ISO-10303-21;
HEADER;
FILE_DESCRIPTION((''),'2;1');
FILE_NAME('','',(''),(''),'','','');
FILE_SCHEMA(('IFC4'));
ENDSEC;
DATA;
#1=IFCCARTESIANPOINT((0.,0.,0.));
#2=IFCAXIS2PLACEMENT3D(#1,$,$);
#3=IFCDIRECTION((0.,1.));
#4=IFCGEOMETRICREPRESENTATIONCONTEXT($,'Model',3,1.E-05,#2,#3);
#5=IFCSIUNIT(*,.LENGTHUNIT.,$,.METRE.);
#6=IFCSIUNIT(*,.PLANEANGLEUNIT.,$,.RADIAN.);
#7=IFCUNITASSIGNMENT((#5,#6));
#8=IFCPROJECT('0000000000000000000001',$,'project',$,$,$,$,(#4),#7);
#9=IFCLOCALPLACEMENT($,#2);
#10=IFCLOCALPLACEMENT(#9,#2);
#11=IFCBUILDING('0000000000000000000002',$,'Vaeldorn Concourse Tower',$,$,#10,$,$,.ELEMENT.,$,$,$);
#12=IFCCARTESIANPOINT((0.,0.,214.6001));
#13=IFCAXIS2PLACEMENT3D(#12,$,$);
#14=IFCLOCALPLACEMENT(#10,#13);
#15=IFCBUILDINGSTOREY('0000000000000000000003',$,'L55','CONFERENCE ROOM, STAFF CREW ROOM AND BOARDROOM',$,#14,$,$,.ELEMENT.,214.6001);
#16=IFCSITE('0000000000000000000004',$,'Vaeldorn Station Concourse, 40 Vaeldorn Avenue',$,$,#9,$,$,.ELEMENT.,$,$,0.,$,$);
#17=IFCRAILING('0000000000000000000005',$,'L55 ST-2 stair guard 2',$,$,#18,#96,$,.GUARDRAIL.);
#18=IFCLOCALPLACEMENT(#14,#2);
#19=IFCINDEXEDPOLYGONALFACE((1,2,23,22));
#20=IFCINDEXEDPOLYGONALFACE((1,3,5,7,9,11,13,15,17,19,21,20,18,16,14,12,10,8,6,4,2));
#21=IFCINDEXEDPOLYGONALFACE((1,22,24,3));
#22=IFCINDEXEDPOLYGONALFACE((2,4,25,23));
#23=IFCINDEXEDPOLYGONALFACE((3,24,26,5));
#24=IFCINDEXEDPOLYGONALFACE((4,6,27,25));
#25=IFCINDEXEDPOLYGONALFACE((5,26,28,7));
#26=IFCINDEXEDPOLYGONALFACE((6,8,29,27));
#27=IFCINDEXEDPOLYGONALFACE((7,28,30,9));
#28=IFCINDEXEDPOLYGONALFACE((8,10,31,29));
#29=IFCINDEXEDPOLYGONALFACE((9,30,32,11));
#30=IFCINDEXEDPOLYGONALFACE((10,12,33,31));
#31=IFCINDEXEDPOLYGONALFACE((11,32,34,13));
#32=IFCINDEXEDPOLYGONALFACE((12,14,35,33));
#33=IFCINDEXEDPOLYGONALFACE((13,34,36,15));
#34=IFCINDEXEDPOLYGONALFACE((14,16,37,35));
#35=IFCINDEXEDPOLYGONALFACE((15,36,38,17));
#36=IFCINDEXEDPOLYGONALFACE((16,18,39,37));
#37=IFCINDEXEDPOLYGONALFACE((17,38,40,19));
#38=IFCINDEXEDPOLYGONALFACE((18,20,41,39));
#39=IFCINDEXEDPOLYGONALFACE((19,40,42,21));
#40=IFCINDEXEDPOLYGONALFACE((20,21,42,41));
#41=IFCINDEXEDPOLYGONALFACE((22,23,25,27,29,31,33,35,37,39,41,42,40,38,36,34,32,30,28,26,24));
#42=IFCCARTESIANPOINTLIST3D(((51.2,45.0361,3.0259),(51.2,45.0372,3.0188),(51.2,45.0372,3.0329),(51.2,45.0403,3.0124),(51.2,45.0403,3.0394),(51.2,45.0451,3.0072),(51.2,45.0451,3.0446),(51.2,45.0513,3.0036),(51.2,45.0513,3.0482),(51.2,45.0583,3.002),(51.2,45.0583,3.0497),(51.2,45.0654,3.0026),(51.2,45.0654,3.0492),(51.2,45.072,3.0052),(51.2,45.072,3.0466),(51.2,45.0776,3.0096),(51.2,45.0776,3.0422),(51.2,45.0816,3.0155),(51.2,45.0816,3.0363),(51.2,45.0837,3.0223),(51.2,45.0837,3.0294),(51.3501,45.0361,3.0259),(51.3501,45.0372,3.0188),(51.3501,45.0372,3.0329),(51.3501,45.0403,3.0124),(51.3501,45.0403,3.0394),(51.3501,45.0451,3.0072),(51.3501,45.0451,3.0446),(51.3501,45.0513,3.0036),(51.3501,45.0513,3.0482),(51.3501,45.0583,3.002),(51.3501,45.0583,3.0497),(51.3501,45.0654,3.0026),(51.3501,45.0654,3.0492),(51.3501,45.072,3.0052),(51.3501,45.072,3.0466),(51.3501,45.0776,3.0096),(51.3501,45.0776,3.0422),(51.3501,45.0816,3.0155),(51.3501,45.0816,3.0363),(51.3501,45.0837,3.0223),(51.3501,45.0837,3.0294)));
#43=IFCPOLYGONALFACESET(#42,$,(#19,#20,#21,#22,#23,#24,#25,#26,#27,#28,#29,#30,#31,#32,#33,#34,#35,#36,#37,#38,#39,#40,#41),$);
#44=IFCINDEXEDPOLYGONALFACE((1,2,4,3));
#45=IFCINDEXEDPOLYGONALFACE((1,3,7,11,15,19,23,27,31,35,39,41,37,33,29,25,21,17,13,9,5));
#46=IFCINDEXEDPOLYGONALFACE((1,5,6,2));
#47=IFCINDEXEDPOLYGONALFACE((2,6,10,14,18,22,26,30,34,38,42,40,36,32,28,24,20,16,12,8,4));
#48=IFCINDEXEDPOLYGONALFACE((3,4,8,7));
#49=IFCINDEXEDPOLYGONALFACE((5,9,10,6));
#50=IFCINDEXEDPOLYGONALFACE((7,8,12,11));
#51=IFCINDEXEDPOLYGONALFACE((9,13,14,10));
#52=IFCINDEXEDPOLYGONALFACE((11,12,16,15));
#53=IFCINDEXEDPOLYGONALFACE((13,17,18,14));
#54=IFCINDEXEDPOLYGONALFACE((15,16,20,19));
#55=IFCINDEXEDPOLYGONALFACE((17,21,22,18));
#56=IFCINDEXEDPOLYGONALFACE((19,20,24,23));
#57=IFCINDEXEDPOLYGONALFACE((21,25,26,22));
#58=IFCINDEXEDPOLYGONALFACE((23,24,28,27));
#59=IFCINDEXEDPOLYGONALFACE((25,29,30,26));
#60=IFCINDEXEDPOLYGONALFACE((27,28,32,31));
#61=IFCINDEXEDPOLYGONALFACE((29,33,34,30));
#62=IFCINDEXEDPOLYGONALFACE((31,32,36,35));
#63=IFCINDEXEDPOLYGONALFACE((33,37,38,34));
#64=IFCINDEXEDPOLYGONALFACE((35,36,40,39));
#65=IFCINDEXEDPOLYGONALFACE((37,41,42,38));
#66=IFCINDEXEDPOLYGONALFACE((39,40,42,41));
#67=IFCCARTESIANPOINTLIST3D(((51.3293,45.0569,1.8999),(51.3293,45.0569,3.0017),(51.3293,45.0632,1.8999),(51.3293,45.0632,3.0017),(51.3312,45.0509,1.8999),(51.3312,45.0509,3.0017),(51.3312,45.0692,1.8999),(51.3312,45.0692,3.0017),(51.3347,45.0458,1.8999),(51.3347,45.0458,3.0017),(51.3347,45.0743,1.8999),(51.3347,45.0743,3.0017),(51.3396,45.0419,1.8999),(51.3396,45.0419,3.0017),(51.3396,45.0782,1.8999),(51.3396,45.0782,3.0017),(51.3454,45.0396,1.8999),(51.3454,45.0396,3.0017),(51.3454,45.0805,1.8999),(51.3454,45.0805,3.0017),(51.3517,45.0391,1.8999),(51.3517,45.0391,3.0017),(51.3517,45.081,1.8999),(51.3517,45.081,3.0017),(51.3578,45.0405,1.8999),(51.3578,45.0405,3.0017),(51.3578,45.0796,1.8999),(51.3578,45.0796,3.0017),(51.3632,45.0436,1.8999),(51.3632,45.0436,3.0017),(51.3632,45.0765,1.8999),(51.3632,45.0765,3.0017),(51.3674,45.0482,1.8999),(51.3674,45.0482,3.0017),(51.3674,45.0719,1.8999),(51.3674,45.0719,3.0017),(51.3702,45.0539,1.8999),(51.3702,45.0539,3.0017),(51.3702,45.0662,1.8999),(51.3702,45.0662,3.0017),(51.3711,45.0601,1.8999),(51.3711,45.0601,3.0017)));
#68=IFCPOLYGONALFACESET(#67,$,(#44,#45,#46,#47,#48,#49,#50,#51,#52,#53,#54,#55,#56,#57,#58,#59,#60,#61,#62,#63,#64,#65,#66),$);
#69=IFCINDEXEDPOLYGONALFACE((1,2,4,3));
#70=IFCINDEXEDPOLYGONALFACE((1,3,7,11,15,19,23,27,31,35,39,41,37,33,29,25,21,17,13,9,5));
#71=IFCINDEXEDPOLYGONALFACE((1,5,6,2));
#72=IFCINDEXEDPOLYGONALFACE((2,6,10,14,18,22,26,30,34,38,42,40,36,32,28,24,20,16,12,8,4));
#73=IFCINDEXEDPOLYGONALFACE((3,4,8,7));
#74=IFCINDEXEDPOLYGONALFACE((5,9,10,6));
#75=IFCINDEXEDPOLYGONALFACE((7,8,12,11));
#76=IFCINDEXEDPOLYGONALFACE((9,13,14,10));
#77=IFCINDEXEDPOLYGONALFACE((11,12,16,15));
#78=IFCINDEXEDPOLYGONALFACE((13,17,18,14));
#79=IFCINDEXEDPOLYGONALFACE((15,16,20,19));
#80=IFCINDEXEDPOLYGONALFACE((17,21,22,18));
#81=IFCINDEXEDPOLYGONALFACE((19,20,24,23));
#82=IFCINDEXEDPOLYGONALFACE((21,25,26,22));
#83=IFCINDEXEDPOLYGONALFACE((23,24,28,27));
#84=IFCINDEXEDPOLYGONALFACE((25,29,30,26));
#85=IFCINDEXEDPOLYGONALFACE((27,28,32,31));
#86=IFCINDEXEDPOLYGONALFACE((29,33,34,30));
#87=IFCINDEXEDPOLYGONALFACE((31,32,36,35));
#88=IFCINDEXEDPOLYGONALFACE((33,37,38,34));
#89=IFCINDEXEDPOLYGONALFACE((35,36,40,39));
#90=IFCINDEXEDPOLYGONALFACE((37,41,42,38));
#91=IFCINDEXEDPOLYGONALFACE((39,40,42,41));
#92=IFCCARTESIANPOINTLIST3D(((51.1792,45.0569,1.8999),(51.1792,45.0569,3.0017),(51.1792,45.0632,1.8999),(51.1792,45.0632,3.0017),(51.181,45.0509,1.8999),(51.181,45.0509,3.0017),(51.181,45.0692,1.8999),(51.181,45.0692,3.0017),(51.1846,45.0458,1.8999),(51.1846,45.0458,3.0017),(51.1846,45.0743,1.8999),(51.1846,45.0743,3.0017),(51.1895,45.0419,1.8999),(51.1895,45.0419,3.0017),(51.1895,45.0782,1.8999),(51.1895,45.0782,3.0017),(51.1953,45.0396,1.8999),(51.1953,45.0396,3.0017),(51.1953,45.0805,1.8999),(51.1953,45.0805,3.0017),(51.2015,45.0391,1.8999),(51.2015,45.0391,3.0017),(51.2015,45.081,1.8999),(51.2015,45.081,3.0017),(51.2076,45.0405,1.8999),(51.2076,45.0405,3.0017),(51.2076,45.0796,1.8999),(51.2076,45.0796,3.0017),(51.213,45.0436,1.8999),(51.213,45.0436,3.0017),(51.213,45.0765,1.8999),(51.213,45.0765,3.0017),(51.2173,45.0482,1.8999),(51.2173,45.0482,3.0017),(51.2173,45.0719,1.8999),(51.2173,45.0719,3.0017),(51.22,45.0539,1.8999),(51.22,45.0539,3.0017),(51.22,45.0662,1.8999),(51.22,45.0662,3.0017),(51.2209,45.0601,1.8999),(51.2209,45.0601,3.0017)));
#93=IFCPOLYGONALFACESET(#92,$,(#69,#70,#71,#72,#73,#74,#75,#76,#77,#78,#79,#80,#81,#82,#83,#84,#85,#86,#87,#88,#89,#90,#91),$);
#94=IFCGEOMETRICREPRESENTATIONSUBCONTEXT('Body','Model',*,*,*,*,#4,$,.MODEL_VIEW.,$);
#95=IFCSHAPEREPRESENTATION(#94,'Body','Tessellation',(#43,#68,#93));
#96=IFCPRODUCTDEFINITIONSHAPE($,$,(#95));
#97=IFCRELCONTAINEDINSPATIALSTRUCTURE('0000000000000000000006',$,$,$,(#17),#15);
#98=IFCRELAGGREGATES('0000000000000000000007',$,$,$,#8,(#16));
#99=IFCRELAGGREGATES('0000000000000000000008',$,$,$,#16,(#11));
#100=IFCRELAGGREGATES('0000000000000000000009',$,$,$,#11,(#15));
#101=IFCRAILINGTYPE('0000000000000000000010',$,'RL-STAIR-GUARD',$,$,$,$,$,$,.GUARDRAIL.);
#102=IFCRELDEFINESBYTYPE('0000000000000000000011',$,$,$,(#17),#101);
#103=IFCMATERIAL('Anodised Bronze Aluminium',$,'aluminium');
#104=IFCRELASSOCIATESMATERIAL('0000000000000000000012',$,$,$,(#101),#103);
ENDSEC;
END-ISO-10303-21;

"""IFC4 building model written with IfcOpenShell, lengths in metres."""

from ifc_helpers import new_model, si_unit, direction, frame, origin, origin_2d, place, context, subcontext, project, spatial, circle, extrude, material, type_object, element, save


model = new_model("IFC4")

# Units and contexts
model_context = context("Model", 3, precision=1e-05, world=origin(), true_north=direction((0.0, 1.0)))
body_context = subcontext(model_context, "Body", "Model", "MODEL_VIEW")
ifc_project = project(units=[si_unit("LENGTHUNIT", "METRE"), si_unit("PLANEANGLEUNIT", "RADIAN")], contexts=[model_context])

# Site, building, storey
site_placement = place(None, origin())
site = spatial("IfcSite", under=ifc_project, at=site_placement, Name="Vaeldorn Station Concourse, 40 Vaeldorn Avenue", CompositionType="ELEMENT", RefElevation=0.0)
building_placement = place(site_placement, origin())
building = spatial("IfcBuilding", under=site, at=building_placement, Name="Vaeldorn Concourse Tower", CompositionType="ELEMENT")
storey_placement = place(building_placement, frame((0.0, 0.0, 214.6001)))
storey = spatial("IfcBuildingStorey", under=building, at=storey_placement, Name="L55", Description="CONFERENCE ROOM, STAFF CREW ROOM AND BOARDROOM", CompositionType="ELEMENT", Elevation=214.6001)

# Shared definitions
ifc_material_1 = material(Name="Anodised Bronze Aluminium", Category="aluminium")

# Railing
railing_type_1 = type_object("IfcRailingType", Name="RL-STAIR-GUARD", PredefinedType="GUARDRAIL", material=ifc_material_1)
railing_1_placement = place(storey_placement, frame((51.3501, 45.0601, 1.8999)))
element("IfcRailing", 1, at=railing_1_placement, inside=storey, type_object=railing_type_1, Name="L55 ST-2 stair guard 2", PredefinedType="GUARDRAIL", context=body_context, shape_type="SweptSolid", body=[
    extrude(circle(Radius=0.0239, at=origin_2d()), frame((0.0, 0.0, 1.126), z_axis=(-1.0, 0.0, 0.0), x_axis=(0.0, -1.0, 0.0)), (0.0, 0.0, 1.0), 0.1501),
    extrude(circle(Radius=0.021, at=origin_2d()), origin(), (0.0, 0.0, 1.0), 1.1018),
    extrude(circle(Radius=0.021, at=origin_2d()), frame((-0.1501, 0.0, 0.0)), (0.0, 0.0, 1.0), 1.1018),
])

save(model, "model.ifc")
